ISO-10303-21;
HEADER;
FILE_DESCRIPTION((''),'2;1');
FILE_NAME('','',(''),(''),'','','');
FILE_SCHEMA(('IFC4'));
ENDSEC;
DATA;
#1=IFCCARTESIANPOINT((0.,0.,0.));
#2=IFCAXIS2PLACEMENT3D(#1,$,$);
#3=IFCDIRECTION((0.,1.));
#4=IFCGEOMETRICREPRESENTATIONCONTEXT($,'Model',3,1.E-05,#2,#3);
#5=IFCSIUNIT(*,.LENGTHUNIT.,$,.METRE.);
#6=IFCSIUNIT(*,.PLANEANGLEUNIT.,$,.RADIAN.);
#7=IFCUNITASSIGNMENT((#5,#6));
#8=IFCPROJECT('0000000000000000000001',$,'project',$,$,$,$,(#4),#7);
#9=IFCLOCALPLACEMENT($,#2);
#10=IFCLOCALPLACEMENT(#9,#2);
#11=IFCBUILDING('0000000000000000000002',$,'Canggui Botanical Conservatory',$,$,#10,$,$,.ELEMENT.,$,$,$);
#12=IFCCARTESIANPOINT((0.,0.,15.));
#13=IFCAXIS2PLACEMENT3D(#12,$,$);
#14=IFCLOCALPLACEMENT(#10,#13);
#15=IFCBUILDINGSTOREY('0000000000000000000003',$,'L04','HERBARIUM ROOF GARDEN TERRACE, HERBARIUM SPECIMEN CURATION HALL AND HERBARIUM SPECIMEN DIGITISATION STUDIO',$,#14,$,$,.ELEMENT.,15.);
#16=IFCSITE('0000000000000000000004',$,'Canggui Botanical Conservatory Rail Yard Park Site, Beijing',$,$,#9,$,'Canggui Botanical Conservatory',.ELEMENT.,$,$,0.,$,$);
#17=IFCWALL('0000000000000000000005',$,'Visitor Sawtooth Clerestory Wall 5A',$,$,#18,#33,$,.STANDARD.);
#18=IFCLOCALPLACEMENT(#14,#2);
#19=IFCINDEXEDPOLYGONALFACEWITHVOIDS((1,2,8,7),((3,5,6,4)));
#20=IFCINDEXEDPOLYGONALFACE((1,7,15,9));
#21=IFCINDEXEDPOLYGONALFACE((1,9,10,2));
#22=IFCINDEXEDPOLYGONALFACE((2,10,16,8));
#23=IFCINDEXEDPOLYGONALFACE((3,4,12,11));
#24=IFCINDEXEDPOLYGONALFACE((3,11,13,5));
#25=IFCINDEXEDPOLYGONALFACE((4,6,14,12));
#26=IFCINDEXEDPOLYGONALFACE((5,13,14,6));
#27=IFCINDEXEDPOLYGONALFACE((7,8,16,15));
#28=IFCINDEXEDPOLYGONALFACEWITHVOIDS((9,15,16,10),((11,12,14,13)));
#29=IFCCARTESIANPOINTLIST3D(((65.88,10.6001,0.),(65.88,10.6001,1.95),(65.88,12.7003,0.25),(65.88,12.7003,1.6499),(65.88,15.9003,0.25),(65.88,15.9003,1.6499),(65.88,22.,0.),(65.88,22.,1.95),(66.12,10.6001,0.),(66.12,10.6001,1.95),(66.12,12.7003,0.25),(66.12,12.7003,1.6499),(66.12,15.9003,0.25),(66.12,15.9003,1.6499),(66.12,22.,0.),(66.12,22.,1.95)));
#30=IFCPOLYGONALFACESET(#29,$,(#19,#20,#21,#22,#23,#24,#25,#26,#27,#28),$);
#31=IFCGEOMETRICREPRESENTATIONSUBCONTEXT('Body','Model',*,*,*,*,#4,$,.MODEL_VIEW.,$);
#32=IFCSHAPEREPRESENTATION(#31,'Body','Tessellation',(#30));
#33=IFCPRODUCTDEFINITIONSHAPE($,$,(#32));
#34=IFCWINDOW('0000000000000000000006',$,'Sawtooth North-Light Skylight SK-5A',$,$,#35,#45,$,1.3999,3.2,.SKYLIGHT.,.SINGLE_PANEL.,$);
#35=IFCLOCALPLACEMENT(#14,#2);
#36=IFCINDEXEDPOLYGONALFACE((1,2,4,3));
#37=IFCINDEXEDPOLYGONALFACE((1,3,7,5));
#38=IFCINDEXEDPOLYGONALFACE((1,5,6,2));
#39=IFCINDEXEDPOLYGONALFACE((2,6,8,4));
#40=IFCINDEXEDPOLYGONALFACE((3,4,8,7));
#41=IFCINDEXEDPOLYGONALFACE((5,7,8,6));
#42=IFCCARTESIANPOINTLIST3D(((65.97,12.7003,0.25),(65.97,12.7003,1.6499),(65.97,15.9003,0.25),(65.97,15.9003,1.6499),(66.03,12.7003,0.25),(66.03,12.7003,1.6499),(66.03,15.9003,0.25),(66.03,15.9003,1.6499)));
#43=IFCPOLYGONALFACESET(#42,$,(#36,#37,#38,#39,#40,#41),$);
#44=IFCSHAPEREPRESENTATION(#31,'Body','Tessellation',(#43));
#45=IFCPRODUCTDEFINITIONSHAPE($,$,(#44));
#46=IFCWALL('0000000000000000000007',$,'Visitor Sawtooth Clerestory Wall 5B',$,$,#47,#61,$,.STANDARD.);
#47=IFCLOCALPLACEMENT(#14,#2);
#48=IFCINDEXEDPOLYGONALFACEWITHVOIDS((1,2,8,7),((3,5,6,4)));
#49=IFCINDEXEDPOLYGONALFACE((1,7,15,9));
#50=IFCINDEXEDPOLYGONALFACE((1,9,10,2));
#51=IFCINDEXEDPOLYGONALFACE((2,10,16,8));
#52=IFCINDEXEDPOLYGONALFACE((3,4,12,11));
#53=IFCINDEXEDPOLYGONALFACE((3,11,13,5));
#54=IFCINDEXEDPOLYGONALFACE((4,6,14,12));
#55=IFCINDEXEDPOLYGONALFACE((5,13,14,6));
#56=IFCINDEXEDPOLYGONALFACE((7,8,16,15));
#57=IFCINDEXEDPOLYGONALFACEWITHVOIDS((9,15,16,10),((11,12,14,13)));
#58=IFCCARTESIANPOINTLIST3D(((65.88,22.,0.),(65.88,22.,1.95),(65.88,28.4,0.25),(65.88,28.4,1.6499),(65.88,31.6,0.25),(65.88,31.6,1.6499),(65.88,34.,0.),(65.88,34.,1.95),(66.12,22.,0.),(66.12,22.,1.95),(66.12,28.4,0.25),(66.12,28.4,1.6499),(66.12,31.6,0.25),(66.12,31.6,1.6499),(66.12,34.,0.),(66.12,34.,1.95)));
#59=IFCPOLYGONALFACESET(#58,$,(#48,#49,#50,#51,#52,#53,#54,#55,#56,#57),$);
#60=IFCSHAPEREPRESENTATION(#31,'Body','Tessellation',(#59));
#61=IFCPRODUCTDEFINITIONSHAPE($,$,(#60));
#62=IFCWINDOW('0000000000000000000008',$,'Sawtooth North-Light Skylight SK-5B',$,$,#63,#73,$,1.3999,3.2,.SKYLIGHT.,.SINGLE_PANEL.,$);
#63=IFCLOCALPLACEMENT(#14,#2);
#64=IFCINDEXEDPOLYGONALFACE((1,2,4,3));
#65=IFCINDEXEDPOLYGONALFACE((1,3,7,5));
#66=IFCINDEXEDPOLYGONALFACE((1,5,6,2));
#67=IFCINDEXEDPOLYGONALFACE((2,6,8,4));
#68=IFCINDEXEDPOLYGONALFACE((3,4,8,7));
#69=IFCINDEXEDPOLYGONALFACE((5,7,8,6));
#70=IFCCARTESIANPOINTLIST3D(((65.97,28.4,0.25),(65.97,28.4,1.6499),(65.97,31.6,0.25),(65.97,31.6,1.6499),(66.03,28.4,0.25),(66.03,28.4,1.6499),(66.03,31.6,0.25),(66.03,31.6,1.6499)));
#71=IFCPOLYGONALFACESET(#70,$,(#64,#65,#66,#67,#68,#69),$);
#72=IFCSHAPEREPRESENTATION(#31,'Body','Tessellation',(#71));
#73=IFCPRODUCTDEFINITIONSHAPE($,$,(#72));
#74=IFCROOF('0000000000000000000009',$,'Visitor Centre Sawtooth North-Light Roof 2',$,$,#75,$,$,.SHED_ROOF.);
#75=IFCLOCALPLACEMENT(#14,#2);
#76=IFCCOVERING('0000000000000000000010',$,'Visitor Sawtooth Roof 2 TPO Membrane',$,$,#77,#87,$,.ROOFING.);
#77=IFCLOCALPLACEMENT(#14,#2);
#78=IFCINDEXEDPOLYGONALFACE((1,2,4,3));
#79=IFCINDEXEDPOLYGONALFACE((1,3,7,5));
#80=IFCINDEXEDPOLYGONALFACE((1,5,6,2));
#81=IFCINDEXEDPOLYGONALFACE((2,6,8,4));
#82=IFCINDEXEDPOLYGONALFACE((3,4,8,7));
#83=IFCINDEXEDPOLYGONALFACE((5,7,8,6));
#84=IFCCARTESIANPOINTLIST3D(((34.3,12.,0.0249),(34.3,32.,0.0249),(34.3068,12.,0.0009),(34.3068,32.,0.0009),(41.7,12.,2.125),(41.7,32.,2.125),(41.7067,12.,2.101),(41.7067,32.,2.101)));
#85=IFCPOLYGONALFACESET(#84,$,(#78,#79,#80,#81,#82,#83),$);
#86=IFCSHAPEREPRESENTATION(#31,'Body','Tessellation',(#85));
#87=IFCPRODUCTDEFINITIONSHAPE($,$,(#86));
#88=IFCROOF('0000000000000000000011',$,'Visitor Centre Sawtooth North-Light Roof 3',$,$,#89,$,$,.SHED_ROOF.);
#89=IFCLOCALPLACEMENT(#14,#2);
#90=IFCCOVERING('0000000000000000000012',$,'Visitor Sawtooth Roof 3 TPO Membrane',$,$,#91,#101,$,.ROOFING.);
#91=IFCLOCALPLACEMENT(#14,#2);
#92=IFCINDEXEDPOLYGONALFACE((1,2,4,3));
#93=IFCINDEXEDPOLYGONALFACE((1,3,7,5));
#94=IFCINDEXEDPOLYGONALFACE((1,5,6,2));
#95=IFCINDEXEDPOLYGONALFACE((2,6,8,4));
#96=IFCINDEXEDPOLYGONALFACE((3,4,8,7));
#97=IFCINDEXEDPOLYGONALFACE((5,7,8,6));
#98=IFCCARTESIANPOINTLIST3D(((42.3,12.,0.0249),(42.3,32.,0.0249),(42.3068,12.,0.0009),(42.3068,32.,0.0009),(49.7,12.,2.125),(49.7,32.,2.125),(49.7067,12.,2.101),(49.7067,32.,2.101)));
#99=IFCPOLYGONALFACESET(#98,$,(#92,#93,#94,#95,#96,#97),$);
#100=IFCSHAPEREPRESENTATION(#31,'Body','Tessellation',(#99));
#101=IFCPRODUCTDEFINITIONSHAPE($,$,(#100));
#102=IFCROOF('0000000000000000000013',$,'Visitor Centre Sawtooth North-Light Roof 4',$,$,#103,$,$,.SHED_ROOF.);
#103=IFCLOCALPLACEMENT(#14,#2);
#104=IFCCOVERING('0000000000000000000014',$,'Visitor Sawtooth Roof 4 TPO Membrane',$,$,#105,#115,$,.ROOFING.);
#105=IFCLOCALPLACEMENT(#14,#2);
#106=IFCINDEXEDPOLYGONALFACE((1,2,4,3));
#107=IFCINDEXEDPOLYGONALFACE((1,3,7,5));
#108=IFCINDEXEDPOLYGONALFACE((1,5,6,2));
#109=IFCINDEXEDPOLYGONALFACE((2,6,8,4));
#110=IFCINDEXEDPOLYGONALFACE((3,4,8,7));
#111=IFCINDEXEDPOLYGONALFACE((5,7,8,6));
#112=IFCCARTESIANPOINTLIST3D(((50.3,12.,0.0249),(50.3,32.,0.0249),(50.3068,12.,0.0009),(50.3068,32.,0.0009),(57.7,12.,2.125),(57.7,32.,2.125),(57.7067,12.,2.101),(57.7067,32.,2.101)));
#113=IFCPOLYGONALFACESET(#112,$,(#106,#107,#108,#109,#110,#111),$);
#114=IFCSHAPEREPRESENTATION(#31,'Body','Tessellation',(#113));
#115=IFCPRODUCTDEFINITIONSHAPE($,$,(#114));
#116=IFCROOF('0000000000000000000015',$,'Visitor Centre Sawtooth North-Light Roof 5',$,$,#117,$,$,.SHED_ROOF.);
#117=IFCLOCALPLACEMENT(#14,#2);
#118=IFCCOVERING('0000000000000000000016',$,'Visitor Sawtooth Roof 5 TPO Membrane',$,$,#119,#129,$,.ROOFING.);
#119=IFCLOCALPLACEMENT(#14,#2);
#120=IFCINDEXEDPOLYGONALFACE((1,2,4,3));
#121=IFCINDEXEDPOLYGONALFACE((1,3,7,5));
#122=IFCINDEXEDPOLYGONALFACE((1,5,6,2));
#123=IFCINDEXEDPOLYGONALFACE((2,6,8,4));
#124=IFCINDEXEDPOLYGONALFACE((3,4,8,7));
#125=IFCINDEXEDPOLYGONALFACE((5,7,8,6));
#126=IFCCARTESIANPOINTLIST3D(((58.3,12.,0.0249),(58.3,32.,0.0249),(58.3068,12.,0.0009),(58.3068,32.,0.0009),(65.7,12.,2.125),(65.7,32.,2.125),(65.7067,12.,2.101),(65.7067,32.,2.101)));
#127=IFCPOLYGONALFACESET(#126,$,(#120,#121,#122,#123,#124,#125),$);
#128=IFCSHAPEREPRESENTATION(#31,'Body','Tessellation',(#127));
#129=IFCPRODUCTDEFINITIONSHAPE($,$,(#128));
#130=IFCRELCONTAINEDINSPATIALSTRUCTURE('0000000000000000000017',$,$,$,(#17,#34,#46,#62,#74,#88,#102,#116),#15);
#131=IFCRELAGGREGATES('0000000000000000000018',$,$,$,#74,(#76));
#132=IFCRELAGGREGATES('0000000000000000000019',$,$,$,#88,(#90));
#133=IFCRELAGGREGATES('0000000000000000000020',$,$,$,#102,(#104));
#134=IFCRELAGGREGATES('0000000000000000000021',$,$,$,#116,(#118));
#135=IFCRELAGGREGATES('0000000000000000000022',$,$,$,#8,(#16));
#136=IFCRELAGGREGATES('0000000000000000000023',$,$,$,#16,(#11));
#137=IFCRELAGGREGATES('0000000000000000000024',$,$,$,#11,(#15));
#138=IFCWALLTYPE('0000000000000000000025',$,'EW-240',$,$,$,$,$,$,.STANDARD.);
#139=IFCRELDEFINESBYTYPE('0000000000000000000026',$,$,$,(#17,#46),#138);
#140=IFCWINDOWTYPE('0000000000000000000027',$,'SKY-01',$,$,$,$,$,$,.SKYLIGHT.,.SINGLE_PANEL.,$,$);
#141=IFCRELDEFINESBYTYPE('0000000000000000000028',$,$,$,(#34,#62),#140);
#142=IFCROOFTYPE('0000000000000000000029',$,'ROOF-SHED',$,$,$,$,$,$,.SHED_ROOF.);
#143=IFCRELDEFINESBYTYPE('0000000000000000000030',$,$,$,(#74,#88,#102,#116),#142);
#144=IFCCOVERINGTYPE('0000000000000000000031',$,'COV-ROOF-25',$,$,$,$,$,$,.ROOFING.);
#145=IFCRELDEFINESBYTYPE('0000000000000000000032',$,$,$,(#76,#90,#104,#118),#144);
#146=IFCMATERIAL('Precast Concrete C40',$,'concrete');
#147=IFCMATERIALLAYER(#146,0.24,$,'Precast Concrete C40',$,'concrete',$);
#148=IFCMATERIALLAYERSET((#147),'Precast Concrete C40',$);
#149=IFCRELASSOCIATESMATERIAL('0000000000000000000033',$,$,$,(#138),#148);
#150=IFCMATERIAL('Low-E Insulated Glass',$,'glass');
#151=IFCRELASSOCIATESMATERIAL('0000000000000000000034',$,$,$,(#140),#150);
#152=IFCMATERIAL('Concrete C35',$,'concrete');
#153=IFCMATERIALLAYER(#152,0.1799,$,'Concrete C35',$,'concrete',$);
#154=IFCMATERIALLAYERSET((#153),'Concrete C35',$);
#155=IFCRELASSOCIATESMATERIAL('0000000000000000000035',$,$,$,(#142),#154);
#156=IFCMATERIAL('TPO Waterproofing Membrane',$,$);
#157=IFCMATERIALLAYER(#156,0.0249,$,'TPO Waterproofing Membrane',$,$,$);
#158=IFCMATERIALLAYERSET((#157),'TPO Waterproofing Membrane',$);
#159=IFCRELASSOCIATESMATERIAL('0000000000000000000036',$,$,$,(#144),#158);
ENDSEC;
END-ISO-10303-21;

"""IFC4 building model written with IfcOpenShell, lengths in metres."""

from ifc_helpers import new_model, si_unit, direction, frame, frame_2d, origin, place, context, subcontext, project, spatial, polyline, rectangle, outline, extrude, material, layer, layer_set, type_object, element, fill, aggregate, save


model = new_model("IFC4")

# Units and contexts
model_context = context("Model", 3, precision=1e-05, world=origin(), true_north=direction((0.0, 1.0)))
body_context = subcontext(model_context, "Body", "Model", "MODEL_VIEW")
ifc_project = project(units=[si_unit("LENGTHUNIT", "METRE"), si_unit("PLANEANGLEUNIT", "RADIAN")], contexts=[model_context])

# Site, building, storey
site_placement = place(None, origin())
site = spatial("IfcSite", under=ifc_project, at=site_placement, Name="Canggui Botanical Conservatory Rail Yard Park Site, Beijing", LongName="Canggui Botanical Conservatory", CompositionType="ELEMENT", RefElevation=0.0)
building_placement = place(site_placement, origin())
building = spatial("IfcBuilding", under=site, at=building_placement, Name="Canggui Botanical Conservatory", CompositionType="ELEMENT")
storey_placement = place(building_placement, frame((0.0, 0.0, 15.0)))
storey = spatial("IfcBuildingStorey", under=building, at=storey_placement, Name="L04", Description="HERBARIUM ROOF GARDEN TERRACE, HERBARIUM SPECIMEN CURATION HALL AND HERBARIUM SPECIMEN DIGITISATION STUDIO", CompositionType="ELEMENT", Elevation=15.0)

# Shared definitions
ifc_material_1 = material(Name="Concrete C35", Category="concrete")

# Walls, openings, windows
ifc_material_2 = material(Name="Precast Concrete C40", Category="concrete")
ifc_layer_1 = layer(ifc_material_2, 0.24, Name="Precast Concrete C40", Category="concrete")
ifc_layer_set_1 = layer_set([ifc_layer_1], Name="Precast Concrete C40")
wall_type = type_object("IfcWallType", Name="EW-240", PredefinedType="STANDARD", material=ifc_layer_set_1)
ifc_material_3 = material(Name="Low-E Insulated Glass", Category="glass")
window_type_1 = type_object("IfcWindowType", Name="SKY-01", PartitioningType="SINGLE_PANEL", PredefinedType="SKYLIGHT", material=ifc_material_3)
wall_1_placement = place(storey_placement, frame((66.0, 10.6001, 0.0), z_axis=(0.0, 0.0, 1.0), x_axis=(0.0, 1.0, 0.0)))
wall_1 = element("IfcWall", 1, at=wall_1_placement, inside=storey, type_object=wall_type, Name="Visitor Sawtooth Clerestory Wall 5A", PredefinedType="STANDARD", context=body_context, shape_type="SweptSolid", body=[
    extrude(rectangle(XDim=11.3999, YDim=0.24, at=frame_2d((5.7, 0.0))), origin(), (0.0, 0.0, 1.0), 1.95),
])
opening_1_placement = place(wall_1_placement, frame((2.1001, 0.0, 0.25)))
opening_1 = element("IfcOpeningElement", 2, at=opening_1_placement, cuts=wall_1, PredefinedType="OPENING", context=body_context, shape_type="SweptSolid", body=[
    extrude(rectangle(XDim=3.2, YDim=1.3999, at=frame_2d((1.6001, 0.7))), frame((0.0, 0.1299, 0.0), z_axis=(0.0, -1.0, 0.0), x_axis=(1.0, 0.0, 0.0)), (0.0, 0.0, 1.0), 0.26),
])
window_1_placement = place(opening_1_placement, origin())
window_1 = element("IfcWindow", 3, at=window_1_placement, inside=storey, type_object=window_type_1, Name="Sawtooth North-Light Skylight SK-5A", OverallHeight=1.3999, OverallWidth=3.2, PartitioningType="SINGLE_PANEL", PredefinedType="SKYLIGHT", context=body_context, shape_type="SweptSolid", body=[
    extrude(rectangle(XDim=3.2, YDim=1.3999, at=frame_2d((1.6001, 0.7))), frame((0.0, 0.03, 0.0), z_axis=(0.0, -1.0, 0.0), x_axis=(1.0, 0.0, 0.0)), (0.0, 0.0, 1.0), 0.0601),
])
fill(opening_1, window_1)
wall_2_placement = place(storey_placement, frame((66.0, 22.0, 0.0), z_axis=(0.0, 0.0, 1.0), x_axis=(0.0, 1.0, 0.0)))
wall_2 = element("IfcWall", 4, at=wall_2_placement, inside=storey, type_object=wall_type, Name="Visitor Sawtooth Clerestory Wall 5B", PredefinedType="STANDARD", context=body_context, shape_type="SweptSolid", body=[
    extrude(rectangle(XDim=12.0, YDim=0.24, at=frame_2d((6.0, 0.0))), origin(), (0.0, 0.0, 1.0), 1.95),
])
opening_2_placement = place(wall_2_placement, frame((6.3999, 0.0, 0.25)))
opening_2 = element("IfcOpeningElement", 5, at=opening_2_placement, cuts=wall_2, PredefinedType="OPENING", context=body_context, shape_type="SweptSolid", body=[
    extrude(rectangle(XDim=3.2, YDim=1.3999, at=frame_2d((1.6001, 0.7))), frame((0.0, 0.1299, 0.0), z_axis=(0.0, -1.0, 0.0), x_axis=(1.0, 0.0, 0.0)), (0.0, 0.0, 1.0), 0.26),
])
window_2_placement = place(opening_2_placement, origin())
window_2 = element("IfcWindow", 6, at=window_2_placement, inside=storey, type_object=window_type_1, Name="Sawtooth North-Light Skylight SK-5B", OverallHeight=1.3999, OverallWidth=3.2, PartitioningType="SINGLE_PANEL", PredefinedType="SKYLIGHT", context=body_context, shape_type="SweptSolid", body=[
    extrude(rectangle(XDim=3.2, YDim=1.3999, at=frame_2d((1.6001, 0.7))), frame((0.0, 0.03, 0.0), z_axis=(0.0, -1.0, 0.0), x_axis=(1.0, 0.0, 0.0)), (0.0, 0.0, 1.0), 0.0601),
])
fill(opening_2, window_2)

# Roofs, coverings
ifc_layer_2 = layer(ifc_material_1, 0.1799, Name="Concrete C35", Category="concrete")
ifc_layer_set_2 = layer_set([ifc_layer_2], Name="Concrete C35")
roof_type = type_object("IfcRoofType", Name="ROOF-SHED", PredefinedType="SHED_ROOF", material=ifc_layer_set_2)
roof_1_placement = place(storey_placement, origin())
roof_1 = element("IfcRoof", 7, at=roof_1_placement, inside=storey, type_object=roof_type, Name="Visitor Centre Sawtooth North-Light Roof 2", PredefinedType="SHED_ROOF")
ifc_material_4 = material(Name="TPO Waterproofing Membrane")
ifc_layer_3 = layer(ifc_material_4, 0.0249, Name="TPO Waterproofing Membrane")
ifc_layer_set_3 = layer_set([ifc_layer_3], Name="TPO Waterproofing Membrane")
covering_type = type_object("IfcCoveringType", Name="COV-ROOF-25", PredefinedType="ROOFING", material=ifc_layer_set_3)
covering_1_placement = place(storey_placement, frame((34.3, 12.0, 0.0249), z_axis=(-0.273019, 0.0, 0.962009), x_axis=(0.962009, 0.0, 0.273019)))
covering_1 = element("IfcCovering", 8, at=covering_1_placement, type_object=covering_type, Name="Visitor Sawtooth Roof 2 TPO Membrane", PredefinedType="ROOFING", context=body_context, shape_type="SweptSolid", body=[
    extrude(outline(polyline([(0.0, 0.0), (7.6921, 0.0), (7.6921, 20.0), (0.0, 20.0), (0.0, 0.0)])), origin(), (0.0, 0.0, -1.0), 0.0249),
])
aggregate(roof_1, [covering_1])
roof_2_placement = place(storey_placement, origin())
roof_2 = element("IfcRoof", 9, at=roof_2_placement, inside=storey, type_object=roof_type, Name="Visitor Centre Sawtooth North-Light Roof 3", PredefinedType="SHED_ROOF")
covering_2_placement = place(storey_placement, frame((42.3, 12.0, 0.0249), z_axis=(-0.273019, 0.0, 0.962009), x_axis=(0.962009, 0.0, 0.273019)))
covering_2 = element("IfcCovering", 10, at=covering_2_placement, type_object=covering_type, Name="Visitor Sawtooth Roof 3 TPO Membrane", PredefinedType="ROOFING", context=body_context, shape_type="SweptSolid", body=[
    extrude(outline(polyline([(0.0, 0.0), (7.6921, 0.0), (7.6921, 20.0), (0.0, 20.0), (0.0, 0.0)])), origin(), (0.0, 0.0, -1.0), 0.0249),
])
aggregate(roof_2, [covering_2])
roof_3_placement = place(storey_placement, origin())
roof_3 = element("IfcRoof", 11, at=roof_3_placement, inside=storey, type_object=roof_type, Name="Visitor Centre Sawtooth North-Light Roof 4", PredefinedType="SHED_ROOF")
covering_3_placement = place(storey_placement, frame((50.3, 12.0, 0.0249), z_axis=(-0.273019, 0.0, 0.962009), x_axis=(0.962009, 0.0, 0.273019)))
covering_3 = element("IfcCovering", 12, at=covering_3_placement, type_object=covering_type, Name="Visitor Sawtooth Roof 4 TPO Membrane", PredefinedType="ROOFING", context=body_context, shape_type="SweptSolid", body=[
    extrude(outline(polyline([(0.0, 0.0), (7.6921, 0.0), (7.6921, 20.0), (0.0, 20.0), (0.0, 0.0)])), origin(), (0.0, 0.0, -1.0), 0.0249),
])
aggregate(roof_3, [covering_3])
roof_4_placement = place(storey_placement, origin())
roof_4 = element("IfcRoof", 13, at=roof_4_placement, inside=storey, type_object=roof_type, Name="Visitor Centre Sawtooth North-Light Roof 5", PredefinedType="SHED_ROOF")
covering_4_placement = place(storey_placement, frame((58.3, 12.0, 0.0249), z_axis=(-0.273019, 0.0, 0.962009), x_axis=(0.962009, 0.0, 0.273019)))
covering_4 = element("IfcCovering", 14, at=covering_4_placement, type_object=covering_type, Name="Visitor Sawtooth Roof 5 TPO Membrane", PredefinedType="ROOFING", context=body_context, shape_type="SweptSolid", body=[
    extrude(outline(polyline([(0.0, 0.0), (7.6921, 0.0), (7.6921, 20.0), (0.0, 20.0), (0.0, 0.0)])), origin(), (0.0, 0.0, -1.0), 0.0249),
])
aggregate(roof_4, [covering_4])

save(model, "model.ifc")
